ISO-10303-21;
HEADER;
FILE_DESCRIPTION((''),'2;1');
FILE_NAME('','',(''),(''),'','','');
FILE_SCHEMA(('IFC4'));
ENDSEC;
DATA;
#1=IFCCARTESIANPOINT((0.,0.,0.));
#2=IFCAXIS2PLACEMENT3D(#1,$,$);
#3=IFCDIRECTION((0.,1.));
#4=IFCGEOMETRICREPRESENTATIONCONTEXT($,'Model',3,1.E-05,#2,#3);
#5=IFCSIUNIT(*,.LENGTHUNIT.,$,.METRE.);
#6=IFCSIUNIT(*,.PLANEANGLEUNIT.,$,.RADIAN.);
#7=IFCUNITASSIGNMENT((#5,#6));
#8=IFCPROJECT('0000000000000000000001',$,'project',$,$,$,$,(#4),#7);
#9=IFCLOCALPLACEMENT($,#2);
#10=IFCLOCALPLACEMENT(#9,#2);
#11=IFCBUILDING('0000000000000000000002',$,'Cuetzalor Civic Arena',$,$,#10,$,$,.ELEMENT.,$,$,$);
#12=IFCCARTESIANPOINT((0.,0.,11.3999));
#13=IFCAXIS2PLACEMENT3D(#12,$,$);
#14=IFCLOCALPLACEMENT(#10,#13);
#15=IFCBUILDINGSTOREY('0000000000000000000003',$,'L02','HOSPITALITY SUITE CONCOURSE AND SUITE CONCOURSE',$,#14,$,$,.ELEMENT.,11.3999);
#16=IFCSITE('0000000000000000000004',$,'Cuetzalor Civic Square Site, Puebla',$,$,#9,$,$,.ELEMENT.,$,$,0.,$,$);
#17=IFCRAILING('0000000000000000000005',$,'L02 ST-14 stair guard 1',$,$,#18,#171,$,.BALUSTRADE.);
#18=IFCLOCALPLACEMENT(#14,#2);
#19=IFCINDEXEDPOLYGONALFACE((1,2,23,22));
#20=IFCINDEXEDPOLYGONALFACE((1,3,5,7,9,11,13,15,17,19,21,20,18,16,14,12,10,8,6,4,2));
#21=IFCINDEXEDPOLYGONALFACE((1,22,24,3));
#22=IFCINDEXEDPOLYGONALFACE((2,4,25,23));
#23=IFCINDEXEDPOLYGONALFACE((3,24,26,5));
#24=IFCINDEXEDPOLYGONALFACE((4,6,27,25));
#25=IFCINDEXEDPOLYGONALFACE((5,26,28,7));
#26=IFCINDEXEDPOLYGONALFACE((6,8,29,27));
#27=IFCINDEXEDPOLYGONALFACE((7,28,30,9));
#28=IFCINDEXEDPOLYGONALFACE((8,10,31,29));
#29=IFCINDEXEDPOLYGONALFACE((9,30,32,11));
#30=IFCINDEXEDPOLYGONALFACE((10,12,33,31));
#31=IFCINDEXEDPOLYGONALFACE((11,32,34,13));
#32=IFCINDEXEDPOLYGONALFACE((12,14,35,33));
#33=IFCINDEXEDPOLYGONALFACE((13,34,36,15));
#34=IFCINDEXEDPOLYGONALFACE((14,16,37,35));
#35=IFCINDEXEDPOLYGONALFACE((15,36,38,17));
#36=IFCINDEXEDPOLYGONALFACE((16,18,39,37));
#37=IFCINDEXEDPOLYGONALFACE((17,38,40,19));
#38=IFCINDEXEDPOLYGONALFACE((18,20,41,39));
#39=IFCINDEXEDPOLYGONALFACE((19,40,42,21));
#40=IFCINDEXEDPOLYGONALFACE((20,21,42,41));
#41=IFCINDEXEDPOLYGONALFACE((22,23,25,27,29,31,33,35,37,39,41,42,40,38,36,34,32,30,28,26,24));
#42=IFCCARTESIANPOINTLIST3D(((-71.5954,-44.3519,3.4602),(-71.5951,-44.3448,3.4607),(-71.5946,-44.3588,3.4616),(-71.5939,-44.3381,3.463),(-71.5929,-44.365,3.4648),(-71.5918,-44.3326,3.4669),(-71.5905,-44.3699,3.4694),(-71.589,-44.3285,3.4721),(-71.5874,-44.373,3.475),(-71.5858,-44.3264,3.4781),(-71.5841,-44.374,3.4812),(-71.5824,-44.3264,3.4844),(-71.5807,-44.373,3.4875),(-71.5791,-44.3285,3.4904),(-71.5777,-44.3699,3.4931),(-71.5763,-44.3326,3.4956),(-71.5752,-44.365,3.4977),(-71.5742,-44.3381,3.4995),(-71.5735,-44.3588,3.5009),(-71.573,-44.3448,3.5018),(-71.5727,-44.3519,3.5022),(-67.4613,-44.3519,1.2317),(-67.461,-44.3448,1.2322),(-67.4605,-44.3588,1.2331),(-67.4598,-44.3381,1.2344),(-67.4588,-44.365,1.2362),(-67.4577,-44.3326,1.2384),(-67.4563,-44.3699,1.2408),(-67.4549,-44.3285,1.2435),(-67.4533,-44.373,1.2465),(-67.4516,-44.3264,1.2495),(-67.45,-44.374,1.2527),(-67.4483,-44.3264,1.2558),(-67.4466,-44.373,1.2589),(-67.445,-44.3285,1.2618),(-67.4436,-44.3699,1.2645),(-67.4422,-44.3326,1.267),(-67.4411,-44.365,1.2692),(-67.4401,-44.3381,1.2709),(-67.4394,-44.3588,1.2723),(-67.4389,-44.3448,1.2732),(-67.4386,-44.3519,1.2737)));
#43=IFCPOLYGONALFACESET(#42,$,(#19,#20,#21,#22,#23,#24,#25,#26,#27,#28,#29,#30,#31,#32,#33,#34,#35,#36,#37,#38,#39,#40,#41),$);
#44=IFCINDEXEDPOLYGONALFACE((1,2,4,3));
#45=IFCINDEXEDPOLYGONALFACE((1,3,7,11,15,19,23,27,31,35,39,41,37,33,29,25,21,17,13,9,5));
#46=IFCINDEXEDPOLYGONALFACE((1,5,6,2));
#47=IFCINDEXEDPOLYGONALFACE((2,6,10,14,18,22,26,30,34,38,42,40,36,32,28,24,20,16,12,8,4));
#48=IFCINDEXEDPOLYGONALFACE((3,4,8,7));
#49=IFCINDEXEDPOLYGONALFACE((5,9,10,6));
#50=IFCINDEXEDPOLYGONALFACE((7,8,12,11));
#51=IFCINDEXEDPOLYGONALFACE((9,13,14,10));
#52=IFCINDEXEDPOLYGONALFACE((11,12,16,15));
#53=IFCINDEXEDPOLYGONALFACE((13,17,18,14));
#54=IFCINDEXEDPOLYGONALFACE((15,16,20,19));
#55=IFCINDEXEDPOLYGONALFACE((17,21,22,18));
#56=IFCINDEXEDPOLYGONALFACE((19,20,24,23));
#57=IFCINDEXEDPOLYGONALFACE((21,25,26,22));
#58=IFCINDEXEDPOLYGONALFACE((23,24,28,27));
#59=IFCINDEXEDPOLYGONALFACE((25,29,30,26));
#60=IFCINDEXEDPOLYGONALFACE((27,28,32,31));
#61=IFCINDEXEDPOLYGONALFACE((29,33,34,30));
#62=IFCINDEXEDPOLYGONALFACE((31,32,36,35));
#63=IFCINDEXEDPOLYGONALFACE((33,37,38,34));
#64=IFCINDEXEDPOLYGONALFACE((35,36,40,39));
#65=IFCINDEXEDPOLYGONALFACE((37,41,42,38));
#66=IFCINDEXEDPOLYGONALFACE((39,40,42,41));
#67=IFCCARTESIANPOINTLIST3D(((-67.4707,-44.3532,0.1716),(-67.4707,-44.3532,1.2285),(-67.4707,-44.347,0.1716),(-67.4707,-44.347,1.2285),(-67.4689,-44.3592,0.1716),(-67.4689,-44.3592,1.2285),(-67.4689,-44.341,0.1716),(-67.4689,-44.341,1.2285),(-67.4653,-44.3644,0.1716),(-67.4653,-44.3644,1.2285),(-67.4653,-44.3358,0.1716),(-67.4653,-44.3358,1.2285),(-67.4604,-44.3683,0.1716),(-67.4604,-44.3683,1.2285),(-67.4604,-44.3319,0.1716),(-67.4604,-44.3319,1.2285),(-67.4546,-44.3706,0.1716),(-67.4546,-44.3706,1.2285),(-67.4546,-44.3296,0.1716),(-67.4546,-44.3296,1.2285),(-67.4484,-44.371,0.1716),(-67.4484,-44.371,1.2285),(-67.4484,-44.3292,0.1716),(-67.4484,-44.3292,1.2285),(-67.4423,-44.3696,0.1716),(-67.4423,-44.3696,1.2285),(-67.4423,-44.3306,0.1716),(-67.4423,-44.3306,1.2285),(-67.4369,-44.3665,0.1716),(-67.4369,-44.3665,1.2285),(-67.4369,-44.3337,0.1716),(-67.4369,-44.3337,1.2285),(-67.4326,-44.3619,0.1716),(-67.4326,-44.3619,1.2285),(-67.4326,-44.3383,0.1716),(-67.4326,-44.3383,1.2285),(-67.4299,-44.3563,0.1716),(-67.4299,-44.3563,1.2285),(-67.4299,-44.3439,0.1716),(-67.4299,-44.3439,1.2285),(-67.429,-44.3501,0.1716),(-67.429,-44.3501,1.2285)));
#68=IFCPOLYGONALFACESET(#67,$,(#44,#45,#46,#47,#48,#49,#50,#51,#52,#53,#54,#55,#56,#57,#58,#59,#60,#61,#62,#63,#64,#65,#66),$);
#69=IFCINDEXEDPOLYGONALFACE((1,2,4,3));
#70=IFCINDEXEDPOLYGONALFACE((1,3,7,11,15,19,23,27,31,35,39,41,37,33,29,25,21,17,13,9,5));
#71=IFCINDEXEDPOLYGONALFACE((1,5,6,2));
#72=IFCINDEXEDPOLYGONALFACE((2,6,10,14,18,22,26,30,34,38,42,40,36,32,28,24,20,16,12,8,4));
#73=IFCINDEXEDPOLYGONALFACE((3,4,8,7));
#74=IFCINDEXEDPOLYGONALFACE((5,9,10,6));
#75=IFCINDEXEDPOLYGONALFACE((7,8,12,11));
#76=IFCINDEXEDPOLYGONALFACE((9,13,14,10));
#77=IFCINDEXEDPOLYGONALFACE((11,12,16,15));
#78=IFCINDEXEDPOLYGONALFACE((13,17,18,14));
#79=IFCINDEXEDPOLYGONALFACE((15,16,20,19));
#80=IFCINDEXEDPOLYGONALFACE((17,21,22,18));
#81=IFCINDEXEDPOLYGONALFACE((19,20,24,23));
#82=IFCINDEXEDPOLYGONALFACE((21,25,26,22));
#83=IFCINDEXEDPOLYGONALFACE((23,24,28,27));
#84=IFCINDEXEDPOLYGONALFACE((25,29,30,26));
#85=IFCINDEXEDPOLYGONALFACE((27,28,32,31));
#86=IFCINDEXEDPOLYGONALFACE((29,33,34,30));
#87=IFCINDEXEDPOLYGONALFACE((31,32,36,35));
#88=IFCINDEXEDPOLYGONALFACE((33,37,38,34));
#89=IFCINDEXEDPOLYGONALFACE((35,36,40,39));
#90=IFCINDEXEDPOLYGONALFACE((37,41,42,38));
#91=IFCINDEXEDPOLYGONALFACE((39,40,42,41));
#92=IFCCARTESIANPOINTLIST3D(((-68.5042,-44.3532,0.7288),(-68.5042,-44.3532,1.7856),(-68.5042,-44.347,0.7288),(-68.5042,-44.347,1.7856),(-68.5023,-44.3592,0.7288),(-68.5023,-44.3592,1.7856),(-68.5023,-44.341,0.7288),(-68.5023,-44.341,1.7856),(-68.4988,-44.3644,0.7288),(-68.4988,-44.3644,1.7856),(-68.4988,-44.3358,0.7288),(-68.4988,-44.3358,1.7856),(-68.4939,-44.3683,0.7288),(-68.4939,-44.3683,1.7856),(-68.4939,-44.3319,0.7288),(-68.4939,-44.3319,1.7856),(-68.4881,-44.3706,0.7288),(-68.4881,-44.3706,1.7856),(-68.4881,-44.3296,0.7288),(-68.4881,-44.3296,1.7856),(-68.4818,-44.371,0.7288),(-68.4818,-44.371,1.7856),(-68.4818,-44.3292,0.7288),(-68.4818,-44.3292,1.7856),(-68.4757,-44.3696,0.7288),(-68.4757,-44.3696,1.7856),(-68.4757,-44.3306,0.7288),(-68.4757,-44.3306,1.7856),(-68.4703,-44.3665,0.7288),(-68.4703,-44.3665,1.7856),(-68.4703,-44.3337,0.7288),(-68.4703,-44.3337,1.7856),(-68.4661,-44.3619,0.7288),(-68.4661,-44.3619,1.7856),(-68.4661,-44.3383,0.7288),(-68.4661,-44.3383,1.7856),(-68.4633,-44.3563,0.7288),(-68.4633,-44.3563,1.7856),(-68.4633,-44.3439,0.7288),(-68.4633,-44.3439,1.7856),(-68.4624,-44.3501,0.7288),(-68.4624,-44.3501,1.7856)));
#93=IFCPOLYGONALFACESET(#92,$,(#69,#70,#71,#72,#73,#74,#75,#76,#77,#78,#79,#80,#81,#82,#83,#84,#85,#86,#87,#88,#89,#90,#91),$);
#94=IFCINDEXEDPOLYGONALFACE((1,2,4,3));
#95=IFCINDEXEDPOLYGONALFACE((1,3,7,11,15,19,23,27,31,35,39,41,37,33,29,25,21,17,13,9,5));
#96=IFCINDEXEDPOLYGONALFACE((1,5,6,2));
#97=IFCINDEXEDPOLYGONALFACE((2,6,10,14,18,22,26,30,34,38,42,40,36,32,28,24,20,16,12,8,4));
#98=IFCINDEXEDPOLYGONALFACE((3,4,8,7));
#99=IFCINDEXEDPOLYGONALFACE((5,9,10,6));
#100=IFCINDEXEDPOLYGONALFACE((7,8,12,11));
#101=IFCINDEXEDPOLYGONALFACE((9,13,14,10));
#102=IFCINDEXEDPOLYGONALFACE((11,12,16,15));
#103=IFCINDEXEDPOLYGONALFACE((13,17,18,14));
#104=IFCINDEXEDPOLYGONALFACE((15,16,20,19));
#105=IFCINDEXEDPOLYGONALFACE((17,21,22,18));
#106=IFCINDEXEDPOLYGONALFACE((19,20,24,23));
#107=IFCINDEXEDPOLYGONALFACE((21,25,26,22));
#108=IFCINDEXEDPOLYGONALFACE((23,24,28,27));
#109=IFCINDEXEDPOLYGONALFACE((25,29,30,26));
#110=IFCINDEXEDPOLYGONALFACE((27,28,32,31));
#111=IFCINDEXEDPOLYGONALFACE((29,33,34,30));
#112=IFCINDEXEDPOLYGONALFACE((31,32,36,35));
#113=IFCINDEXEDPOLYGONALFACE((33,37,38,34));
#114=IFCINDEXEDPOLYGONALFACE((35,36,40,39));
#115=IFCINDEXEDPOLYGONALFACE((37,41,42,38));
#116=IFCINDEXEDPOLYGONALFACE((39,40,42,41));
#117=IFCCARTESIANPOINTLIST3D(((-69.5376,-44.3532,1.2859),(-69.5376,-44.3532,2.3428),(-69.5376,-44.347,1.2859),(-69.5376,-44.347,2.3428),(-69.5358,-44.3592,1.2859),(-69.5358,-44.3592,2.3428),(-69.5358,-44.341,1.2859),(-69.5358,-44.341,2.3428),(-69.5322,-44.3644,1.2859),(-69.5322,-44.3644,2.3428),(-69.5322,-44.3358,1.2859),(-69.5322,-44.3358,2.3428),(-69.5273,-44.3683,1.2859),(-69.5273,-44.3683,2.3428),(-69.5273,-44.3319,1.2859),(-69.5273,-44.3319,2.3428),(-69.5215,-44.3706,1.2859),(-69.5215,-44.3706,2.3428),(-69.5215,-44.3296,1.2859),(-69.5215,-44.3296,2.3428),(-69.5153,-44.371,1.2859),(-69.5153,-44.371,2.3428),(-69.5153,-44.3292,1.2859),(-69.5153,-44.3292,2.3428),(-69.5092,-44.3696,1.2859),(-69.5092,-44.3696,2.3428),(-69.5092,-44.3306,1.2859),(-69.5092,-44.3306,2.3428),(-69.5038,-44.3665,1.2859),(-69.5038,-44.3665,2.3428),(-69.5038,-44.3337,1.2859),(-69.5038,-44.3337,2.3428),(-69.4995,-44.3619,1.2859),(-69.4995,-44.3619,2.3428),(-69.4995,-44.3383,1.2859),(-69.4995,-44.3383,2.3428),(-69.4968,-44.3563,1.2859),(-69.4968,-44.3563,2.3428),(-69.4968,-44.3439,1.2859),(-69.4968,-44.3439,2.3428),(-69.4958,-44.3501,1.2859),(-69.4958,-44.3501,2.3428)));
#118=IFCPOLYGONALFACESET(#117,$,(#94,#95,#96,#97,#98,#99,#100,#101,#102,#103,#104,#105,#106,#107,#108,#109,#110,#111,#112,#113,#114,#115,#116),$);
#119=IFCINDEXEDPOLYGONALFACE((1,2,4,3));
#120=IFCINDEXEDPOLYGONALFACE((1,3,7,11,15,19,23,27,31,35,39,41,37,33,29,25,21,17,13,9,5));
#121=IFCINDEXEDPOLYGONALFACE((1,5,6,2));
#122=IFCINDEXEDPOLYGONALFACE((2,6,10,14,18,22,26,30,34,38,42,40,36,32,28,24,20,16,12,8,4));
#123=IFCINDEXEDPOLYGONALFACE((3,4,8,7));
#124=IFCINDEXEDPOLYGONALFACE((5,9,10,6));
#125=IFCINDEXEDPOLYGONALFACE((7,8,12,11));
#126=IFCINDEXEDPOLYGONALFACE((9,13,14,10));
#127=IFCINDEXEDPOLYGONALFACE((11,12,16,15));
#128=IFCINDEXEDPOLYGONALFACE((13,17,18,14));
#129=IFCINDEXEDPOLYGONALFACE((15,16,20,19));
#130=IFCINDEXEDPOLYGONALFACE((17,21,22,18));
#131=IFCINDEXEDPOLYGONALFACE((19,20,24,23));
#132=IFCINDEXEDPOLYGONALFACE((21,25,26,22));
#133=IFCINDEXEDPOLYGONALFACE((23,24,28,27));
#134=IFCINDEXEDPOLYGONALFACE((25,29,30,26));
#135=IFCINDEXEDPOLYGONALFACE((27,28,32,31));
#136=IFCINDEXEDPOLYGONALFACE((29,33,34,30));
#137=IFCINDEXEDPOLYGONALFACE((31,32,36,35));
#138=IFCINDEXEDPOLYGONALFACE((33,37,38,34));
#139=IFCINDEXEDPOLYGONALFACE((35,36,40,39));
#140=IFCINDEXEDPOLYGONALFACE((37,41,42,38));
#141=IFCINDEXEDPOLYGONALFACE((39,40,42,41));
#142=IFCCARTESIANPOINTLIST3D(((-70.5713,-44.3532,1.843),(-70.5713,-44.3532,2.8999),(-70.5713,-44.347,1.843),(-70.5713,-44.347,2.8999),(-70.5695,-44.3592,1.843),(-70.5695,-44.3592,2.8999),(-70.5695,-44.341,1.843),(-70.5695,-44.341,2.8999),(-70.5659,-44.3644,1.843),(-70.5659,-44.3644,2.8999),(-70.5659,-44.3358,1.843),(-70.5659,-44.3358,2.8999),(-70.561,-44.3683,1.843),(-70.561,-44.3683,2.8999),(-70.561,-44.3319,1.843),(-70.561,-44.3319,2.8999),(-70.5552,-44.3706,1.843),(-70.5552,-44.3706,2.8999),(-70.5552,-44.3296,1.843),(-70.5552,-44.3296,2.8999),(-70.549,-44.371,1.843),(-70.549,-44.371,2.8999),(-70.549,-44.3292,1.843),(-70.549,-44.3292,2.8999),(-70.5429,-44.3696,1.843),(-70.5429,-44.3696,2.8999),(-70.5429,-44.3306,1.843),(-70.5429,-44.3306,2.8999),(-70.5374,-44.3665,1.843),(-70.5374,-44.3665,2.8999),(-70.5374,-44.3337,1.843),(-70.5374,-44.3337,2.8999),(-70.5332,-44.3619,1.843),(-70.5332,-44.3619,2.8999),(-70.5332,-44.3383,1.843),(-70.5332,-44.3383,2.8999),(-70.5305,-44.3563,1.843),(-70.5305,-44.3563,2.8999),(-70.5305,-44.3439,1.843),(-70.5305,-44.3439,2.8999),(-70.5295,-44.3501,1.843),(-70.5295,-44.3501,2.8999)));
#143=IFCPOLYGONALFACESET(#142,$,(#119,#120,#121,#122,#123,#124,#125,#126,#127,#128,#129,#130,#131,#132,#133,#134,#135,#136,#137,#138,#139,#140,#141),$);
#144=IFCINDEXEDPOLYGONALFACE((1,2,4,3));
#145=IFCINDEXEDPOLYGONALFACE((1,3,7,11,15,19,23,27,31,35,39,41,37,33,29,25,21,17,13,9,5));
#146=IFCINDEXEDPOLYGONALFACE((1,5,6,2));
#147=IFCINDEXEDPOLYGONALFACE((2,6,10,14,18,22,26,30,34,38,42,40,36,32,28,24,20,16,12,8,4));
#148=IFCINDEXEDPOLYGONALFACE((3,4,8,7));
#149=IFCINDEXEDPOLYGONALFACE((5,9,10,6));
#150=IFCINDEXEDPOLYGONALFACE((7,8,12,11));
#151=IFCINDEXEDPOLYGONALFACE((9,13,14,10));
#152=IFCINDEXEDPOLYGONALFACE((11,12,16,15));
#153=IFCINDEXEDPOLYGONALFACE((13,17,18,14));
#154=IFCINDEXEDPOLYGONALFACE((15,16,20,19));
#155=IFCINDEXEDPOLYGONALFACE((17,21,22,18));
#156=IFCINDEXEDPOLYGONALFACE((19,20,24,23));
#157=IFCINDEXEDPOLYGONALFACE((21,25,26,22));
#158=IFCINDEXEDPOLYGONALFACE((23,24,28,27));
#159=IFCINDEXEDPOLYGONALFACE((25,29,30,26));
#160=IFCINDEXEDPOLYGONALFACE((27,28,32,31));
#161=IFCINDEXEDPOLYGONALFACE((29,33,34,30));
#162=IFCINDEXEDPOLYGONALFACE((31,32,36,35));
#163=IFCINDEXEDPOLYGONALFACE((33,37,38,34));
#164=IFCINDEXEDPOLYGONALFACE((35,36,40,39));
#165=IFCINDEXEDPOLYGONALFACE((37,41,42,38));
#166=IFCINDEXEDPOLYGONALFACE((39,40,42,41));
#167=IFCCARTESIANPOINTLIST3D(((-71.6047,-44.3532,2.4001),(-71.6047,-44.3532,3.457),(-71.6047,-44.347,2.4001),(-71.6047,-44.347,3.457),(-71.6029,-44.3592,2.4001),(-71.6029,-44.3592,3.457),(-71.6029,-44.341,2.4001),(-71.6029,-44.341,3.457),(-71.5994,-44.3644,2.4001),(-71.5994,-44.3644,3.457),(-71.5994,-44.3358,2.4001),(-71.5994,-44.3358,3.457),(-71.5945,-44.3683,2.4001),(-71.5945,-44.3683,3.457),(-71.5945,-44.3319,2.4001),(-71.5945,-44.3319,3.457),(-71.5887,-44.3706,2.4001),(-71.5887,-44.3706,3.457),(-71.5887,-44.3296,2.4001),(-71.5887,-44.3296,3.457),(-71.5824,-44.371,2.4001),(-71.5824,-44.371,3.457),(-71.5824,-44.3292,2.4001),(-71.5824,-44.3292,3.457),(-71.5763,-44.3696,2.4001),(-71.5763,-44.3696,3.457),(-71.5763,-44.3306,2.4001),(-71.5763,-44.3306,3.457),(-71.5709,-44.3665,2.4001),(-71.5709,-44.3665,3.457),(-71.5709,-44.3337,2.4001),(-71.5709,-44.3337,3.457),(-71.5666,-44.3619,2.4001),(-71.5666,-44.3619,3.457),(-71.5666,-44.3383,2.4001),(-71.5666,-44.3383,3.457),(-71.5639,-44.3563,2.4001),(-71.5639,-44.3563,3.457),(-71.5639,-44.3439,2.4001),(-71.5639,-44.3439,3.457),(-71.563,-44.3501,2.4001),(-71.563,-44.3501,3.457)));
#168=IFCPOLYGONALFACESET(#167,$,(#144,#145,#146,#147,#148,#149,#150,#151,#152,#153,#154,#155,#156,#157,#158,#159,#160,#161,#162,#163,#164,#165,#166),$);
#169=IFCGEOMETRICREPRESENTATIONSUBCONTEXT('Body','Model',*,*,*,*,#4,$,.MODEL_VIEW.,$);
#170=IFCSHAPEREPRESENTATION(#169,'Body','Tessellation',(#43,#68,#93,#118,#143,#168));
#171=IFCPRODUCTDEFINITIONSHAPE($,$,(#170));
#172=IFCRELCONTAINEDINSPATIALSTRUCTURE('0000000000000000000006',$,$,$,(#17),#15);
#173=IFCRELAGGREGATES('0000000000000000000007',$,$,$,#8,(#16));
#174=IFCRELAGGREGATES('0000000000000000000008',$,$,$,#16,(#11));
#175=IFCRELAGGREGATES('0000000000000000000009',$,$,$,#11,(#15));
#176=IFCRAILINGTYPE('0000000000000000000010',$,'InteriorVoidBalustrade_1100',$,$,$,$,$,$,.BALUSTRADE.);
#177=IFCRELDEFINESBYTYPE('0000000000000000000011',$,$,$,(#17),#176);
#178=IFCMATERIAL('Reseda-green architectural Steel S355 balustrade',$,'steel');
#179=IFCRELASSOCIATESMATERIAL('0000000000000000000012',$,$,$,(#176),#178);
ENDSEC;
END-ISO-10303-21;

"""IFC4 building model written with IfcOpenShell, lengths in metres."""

from ifc_helpers import new_model, si_unit, direction, frame, origin, origin_2d, place, context, subcontext, project, spatial, circle, extrude, material, type_object, element, save


model = new_model("IFC4")

# Units and contexts
model_context = context("Model", 3, precision=1e-05, world=origin(), true_north=direction((0.0, 1.0)))
body_context = subcontext(model_context, "Body", "Model", "MODEL_VIEW")
ifc_project = project(units=[si_unit("LENGTHUNIT", "METRE"), si_unit("PLANEANGLEUNIT", "RADIAN")], contexts=[model_context])

# Site, building, storey
site_placement = place(None, origin())
site = spatial("IfcSite", under=ifc_project, at=site_placement, Name="Cuetzalor Civic Square Site, Puebla", CompositionType="ELEMENT", RefElevation=0.0)
building_placement = place(site_placement, origin())
building = spatial("IfcBuilding", under=site, at=building_placement, Name="Cuetzalor Civic Arena", CompositionType="ELEMENT")
storey_placement = place(building_placement, frame((0.0, 0.0, 11.3999)))
storey = spatial("IfcBuildingStorey", under=building, at=storey_placement, Name="L02", Description="HOSPITALITY SUITE CONCOURSE AND SUITE CONCOURSE", CompositionType="ELEMENT", Elevation=11.3999)

# Railing
ifc_material_1 = material(Name="Reseda-green architectural Steel S355 balustrade", Category="steel")
railing_type_1 = type_object("IfcRailingType", Name="InteriorVoidBalustrade_1100", PredefinedType="BALUSTRADE", material=ifc_material_1)
railing_1_placement = place(storey_placement, frame((-67.45, -44.3501, 0.1716)))
element("IfcRailing", 1, at=railing_1_placement, inside=storey, type_object=railing_type_1, Name="L02 ST-14 stair guard 1", PredefinedType="BALUSTRADE", context=body_context, shape_type="SweptSolid", body=[
    extrude(circle(Radius=0.0239, at=origin_2d()), frame((0.0, 0.0, 1.0811), z_axis=(-0.880249, 0.0, 0.474512), x_axis=(0.0, -1.0, 0.0)), (0.0, 0.0, 1.0), 4.6965),
    extrude(circle(Radius=0.021, at=origin_2d()), origin(), (0.0, 0.0, 1.0), 1.0569),
    extrude(circle(Radius=0.021, at=origin_2d()), frame((-1.0334, 0.0, 0.5571)), (0.0, 0.0, 1.0), 1.0569),
    extrude(circle(Radius=0.021, at=origin_2d()), frame((-2.0669, 0.0, 1.1143)), (0.0, 0.0, 1.0), 1.0569),
    extrude(circle(Radius=0.021, at=origin_2d()), frame((-3.1006, 0.0, 1.6714)), (0.0, 0.0, 1.0), 1.0569),
    extrude(circle(Radius=0.021, at=origin_2d()), frame((-4.134, 0.0, 2.2285)), (0.0, 0.0, 1.0), 1.0569),
])

save(model, "model.ifc")
